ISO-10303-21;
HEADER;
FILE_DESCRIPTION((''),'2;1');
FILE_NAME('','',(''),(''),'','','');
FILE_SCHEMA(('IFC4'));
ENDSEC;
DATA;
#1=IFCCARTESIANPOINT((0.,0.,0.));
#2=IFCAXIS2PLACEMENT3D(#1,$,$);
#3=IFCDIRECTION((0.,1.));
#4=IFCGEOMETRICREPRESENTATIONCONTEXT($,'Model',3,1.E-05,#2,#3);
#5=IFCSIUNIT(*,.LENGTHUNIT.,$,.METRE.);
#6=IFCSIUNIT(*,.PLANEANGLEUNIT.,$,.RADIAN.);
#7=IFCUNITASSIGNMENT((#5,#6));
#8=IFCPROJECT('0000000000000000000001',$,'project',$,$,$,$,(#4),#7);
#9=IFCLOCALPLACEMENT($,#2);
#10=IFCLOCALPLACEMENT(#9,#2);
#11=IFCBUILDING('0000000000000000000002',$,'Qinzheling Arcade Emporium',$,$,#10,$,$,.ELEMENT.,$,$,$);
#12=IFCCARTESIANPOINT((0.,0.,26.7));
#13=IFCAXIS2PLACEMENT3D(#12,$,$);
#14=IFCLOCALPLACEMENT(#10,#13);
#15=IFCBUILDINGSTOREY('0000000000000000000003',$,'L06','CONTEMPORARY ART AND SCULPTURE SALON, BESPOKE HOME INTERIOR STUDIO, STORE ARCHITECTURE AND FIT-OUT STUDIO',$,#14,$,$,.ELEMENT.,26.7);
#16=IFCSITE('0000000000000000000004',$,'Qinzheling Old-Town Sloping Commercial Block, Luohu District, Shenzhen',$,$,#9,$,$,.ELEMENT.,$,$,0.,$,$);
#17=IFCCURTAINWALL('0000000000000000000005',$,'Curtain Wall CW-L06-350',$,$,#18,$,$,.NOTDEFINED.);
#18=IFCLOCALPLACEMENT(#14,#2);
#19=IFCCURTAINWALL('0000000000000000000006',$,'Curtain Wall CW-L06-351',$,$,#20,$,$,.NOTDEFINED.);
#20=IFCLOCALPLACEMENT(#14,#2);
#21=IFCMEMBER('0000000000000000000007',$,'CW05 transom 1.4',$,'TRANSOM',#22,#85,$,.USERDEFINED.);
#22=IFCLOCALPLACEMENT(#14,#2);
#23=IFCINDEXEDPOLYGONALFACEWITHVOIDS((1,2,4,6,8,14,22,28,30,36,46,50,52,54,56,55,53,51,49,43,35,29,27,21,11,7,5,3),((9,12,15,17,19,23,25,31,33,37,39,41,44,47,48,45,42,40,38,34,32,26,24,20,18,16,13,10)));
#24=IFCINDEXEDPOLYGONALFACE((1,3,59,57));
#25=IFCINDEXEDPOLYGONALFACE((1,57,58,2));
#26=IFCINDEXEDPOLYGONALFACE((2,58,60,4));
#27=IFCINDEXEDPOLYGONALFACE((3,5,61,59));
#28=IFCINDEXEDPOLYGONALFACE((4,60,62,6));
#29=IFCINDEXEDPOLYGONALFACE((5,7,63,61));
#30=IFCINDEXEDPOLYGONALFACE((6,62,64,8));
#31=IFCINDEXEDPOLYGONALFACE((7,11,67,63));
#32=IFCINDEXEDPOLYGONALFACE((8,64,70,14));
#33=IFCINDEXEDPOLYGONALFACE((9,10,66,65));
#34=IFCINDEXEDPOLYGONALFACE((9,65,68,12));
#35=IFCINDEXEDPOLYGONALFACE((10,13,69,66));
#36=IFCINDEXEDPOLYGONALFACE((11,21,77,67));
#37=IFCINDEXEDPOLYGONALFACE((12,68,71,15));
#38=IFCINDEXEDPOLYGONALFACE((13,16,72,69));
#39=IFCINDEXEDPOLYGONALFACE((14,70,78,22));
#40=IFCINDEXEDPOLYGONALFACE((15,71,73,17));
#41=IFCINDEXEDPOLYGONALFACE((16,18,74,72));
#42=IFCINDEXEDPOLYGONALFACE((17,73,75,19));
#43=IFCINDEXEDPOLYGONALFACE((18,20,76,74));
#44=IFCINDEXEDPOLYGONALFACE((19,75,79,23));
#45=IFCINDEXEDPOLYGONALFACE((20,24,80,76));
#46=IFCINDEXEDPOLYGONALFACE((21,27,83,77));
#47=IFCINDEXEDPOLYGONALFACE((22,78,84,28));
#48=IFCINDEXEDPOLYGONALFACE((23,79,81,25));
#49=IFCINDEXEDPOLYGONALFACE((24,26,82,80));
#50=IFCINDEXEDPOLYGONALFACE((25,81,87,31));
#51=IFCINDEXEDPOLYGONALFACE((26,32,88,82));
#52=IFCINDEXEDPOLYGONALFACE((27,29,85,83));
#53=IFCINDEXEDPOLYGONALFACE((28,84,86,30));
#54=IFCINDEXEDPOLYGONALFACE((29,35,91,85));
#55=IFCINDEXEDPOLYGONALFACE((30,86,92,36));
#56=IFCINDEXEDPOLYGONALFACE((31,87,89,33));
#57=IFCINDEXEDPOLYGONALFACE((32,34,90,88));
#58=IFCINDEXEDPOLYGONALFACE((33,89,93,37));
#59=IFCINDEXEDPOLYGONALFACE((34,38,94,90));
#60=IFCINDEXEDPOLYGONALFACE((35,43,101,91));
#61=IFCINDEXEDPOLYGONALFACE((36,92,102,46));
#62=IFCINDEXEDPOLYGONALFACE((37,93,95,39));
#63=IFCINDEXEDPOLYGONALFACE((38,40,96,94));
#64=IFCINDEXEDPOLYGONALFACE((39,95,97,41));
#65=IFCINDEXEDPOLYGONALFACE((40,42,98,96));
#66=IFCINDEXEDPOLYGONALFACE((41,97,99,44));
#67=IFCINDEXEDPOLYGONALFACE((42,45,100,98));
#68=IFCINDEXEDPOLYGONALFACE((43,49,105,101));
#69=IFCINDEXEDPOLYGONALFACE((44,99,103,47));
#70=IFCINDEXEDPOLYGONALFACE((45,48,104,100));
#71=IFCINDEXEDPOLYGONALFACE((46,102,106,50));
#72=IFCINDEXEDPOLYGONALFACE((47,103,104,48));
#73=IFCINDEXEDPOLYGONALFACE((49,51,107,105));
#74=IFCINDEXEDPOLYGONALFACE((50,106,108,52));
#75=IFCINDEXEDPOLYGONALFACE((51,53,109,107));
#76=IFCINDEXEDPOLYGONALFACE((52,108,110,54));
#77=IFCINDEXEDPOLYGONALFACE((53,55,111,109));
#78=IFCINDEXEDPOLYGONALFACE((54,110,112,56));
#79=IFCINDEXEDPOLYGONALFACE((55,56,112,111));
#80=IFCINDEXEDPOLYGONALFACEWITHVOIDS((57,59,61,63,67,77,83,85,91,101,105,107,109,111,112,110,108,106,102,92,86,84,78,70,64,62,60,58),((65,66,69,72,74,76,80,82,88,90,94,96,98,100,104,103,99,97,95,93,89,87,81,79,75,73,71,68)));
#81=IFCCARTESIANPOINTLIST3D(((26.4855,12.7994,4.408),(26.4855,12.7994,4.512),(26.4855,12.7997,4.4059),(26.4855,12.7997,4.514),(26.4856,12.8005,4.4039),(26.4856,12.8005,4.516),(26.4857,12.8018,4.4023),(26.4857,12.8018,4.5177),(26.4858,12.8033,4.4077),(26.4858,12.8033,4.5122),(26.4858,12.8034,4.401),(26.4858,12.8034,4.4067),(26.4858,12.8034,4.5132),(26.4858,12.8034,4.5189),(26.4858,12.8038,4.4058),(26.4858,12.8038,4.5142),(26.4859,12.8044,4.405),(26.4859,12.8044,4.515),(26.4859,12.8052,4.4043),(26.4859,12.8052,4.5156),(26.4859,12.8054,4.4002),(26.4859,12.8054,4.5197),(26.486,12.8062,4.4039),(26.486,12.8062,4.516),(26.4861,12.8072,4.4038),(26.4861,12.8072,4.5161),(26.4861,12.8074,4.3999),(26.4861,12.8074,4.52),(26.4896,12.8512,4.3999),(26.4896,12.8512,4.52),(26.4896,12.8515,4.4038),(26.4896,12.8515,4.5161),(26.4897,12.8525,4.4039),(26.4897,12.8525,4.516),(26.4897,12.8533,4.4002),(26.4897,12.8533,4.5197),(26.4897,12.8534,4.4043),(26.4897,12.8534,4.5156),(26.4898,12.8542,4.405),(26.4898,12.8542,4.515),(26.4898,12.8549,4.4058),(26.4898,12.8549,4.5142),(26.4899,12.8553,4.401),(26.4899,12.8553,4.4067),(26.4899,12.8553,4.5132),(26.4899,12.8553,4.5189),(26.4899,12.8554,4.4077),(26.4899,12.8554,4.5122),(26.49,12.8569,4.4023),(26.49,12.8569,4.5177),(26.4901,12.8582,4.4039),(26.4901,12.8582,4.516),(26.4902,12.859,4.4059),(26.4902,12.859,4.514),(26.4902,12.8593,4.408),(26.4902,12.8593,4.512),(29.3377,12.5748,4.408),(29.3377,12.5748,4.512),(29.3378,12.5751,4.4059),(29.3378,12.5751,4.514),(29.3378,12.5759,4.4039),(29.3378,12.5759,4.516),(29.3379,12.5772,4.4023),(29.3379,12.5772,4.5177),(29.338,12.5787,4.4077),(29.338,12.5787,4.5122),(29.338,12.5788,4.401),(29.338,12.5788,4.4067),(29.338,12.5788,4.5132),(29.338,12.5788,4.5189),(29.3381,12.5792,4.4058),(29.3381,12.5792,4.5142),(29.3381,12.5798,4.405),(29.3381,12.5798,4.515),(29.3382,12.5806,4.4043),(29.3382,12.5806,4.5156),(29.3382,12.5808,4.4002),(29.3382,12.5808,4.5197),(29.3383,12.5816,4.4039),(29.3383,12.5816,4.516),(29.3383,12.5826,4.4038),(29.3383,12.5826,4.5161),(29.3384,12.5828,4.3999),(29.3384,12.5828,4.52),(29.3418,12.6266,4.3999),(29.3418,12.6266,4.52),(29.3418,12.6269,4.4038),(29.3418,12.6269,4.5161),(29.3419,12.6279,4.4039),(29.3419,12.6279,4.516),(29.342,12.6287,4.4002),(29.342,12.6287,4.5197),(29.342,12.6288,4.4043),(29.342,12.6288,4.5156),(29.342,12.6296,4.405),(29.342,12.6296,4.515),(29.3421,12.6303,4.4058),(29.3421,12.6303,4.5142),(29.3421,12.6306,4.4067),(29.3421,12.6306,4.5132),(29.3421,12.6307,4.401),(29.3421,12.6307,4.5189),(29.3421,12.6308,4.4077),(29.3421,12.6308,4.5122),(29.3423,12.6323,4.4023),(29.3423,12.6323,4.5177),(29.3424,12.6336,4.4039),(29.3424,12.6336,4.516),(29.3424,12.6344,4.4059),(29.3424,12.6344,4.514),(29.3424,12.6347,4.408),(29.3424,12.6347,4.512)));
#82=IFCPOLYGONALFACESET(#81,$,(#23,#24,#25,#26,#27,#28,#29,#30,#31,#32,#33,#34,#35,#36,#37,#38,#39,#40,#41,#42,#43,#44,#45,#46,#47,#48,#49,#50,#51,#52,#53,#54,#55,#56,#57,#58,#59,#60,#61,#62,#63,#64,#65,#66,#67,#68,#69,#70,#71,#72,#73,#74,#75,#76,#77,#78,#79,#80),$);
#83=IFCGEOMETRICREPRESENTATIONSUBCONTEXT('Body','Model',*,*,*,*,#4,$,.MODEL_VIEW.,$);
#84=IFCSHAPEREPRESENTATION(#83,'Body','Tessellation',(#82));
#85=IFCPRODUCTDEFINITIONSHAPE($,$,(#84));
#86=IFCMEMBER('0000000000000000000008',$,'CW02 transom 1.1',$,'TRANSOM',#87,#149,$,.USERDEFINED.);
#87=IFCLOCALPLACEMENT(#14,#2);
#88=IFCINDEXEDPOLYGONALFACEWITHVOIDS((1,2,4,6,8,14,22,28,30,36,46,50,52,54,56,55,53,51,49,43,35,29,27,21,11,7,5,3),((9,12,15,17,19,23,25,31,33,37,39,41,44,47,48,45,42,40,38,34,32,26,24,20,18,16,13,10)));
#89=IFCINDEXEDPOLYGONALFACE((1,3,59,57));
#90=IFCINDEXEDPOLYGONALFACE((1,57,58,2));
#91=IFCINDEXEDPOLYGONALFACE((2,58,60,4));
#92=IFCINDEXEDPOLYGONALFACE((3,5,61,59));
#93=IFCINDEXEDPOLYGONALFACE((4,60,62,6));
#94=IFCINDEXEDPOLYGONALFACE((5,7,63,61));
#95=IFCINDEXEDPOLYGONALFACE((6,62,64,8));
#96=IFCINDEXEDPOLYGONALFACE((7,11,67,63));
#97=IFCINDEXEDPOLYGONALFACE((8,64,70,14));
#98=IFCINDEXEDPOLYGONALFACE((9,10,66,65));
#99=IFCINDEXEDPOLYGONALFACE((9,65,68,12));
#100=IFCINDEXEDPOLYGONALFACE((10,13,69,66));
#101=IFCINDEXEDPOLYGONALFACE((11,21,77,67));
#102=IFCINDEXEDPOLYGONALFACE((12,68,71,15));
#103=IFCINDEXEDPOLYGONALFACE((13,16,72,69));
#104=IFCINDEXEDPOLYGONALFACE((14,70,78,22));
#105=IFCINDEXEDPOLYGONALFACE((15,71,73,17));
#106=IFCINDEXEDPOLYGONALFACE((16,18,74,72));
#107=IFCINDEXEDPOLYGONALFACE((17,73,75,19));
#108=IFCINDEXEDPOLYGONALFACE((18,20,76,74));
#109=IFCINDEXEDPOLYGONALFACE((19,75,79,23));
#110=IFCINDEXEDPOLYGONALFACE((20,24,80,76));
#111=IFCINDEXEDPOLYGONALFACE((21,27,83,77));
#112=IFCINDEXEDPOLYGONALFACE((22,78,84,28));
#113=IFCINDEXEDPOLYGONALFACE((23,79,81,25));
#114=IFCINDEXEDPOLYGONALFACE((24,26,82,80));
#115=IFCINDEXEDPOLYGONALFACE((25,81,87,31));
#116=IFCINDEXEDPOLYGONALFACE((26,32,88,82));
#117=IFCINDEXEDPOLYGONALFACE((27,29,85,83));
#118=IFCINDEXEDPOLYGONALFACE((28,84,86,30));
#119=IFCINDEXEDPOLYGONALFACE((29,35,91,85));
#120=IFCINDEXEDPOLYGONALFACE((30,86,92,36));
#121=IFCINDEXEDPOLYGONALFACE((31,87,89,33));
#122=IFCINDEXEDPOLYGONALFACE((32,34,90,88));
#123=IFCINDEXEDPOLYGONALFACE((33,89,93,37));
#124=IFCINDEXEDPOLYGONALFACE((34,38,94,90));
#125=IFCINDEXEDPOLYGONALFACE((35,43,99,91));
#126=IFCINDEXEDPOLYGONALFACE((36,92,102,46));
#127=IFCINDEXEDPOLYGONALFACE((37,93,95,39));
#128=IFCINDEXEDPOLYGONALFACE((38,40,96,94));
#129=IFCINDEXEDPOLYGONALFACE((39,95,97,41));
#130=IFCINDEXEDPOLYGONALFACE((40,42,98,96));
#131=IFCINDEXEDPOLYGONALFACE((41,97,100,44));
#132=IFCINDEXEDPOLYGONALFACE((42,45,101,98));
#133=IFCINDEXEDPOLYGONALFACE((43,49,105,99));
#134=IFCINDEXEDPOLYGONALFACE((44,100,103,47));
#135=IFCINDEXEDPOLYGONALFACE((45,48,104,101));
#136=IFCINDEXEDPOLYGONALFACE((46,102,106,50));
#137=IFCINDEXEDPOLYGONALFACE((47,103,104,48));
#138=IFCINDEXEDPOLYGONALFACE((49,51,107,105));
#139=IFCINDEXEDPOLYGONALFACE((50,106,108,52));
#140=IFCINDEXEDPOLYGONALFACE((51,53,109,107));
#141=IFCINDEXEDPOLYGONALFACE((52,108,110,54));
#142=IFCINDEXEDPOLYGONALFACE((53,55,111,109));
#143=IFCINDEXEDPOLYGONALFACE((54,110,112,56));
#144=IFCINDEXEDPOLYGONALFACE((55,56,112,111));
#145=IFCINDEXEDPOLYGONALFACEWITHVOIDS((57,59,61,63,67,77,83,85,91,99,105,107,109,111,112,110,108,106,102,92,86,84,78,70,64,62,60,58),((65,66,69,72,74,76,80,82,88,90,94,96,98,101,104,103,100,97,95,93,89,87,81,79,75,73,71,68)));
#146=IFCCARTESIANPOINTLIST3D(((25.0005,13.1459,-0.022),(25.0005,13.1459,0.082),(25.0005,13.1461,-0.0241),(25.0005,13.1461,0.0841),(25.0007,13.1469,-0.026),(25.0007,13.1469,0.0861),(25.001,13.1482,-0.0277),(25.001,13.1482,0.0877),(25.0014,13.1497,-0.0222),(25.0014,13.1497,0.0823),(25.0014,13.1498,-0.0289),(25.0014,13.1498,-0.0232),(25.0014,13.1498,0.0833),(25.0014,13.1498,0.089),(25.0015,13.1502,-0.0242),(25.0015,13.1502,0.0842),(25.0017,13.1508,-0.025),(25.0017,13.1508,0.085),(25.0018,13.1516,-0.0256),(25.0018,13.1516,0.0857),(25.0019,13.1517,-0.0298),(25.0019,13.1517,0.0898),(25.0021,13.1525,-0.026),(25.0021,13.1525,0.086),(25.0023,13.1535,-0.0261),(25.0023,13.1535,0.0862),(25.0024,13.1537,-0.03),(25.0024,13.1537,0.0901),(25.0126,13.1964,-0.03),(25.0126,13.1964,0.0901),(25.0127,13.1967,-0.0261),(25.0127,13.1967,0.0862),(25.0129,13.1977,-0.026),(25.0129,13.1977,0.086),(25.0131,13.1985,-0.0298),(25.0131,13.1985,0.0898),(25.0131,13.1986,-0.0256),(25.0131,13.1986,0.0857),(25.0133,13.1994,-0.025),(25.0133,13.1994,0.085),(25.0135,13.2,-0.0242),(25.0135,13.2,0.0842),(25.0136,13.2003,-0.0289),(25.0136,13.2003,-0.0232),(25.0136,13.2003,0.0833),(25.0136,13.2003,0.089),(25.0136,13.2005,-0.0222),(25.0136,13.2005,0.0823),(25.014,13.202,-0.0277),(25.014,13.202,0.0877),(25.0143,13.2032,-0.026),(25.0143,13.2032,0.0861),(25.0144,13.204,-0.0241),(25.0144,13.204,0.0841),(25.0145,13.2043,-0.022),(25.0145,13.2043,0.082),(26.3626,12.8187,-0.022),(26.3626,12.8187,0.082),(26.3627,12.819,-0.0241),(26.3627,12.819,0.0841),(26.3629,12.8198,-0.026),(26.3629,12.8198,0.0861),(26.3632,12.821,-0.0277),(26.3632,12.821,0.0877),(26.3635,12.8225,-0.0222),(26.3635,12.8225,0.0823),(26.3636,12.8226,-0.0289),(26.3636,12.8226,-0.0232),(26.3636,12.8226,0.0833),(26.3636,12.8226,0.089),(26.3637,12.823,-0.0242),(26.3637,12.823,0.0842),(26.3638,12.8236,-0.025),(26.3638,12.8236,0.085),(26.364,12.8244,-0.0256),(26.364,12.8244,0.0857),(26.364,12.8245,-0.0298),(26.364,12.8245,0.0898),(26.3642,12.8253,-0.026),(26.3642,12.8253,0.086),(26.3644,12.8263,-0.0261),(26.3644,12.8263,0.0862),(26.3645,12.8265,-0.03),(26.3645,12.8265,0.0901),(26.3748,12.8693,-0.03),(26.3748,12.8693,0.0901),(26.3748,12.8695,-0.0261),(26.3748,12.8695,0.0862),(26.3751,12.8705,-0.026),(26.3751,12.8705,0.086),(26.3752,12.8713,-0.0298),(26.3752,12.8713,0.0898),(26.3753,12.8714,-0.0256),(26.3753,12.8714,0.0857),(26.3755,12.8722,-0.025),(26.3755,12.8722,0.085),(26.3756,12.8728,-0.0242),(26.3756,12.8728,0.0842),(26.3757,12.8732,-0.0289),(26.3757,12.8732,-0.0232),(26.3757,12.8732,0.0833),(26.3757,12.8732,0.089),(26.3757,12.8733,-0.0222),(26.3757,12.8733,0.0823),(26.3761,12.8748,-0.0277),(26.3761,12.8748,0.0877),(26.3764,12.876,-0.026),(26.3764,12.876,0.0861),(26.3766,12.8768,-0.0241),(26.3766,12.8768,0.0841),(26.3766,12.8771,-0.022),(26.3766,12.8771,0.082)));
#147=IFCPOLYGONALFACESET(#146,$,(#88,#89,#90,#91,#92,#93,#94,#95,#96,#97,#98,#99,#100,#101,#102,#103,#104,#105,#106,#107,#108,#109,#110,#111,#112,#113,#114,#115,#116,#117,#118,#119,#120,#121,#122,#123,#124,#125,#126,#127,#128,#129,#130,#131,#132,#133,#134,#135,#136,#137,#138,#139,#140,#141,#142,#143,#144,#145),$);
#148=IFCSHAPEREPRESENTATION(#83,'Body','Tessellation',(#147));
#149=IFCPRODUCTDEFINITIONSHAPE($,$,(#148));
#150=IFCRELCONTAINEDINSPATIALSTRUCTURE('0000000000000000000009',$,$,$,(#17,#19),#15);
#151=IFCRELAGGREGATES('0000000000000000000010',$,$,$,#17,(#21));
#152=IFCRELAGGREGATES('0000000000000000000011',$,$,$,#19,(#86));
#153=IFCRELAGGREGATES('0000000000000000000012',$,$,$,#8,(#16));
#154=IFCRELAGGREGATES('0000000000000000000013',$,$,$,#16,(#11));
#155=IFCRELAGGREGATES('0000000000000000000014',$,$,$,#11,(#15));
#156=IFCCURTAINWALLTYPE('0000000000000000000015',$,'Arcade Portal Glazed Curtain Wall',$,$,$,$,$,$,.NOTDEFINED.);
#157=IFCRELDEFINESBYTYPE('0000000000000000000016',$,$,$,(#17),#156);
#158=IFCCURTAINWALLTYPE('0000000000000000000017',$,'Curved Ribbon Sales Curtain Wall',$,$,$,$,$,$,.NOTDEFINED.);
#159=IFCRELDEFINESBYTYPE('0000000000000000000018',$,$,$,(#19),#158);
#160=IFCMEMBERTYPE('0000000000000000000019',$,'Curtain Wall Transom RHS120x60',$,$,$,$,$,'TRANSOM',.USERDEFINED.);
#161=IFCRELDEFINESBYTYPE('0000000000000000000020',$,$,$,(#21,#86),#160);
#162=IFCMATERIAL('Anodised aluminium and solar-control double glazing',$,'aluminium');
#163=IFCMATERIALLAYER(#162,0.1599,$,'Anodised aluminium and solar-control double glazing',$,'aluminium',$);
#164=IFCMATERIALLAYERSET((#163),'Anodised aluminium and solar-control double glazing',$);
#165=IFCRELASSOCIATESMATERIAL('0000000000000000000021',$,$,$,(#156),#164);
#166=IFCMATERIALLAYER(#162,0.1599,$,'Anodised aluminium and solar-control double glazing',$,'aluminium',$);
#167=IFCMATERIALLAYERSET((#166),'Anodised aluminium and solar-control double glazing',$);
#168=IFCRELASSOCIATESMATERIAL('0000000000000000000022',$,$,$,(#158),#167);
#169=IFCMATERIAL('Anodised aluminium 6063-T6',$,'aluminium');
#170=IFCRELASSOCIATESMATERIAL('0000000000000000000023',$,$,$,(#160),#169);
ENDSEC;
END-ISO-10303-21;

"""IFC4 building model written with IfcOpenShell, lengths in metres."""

from ifc_helpers import new_model, si_unit, direction, frame, origin, origin_2d, place, context, subcontext, project, spatial, hollow_rectangle, extrude, material, layer, layer_set, material_profile, profile_set, type_object, element, aggregate, save


model = new_model("IFC4")

# Units and contexts
model_context = context("Model", 3, precision=1e-05, world=origin(), true_north=direction((0.0, 1.0)))
body_context = subcontext(model_context, "Body", "Model", "MODEL_VIEW")
ifc_project = project(units=[si_unit("LENGTHUNIT", "METRE"), si_unit("PLANEANGLEUNIT", "RADIAN")], contexts=[model_context])

# Site, building, storey
site_placement = place(None, origin())
site = spatial("IfcSite", under=ifc_project, at=site_placement, Name="Qinzheling Old-Town Sloping Commercial Block, Luohu District, Shenzhen", CompositionType="ELEMENT", RefElevation=0.0)
building_placement = place(site_placement, origin())
building = spatial("IfcBuilding", under=site, at=building_placement, Name="Qinzheling Arcade Emporium", CompositionType="ELEMENT")
storey_placement = place(building_placement, frame((0.0, 0.0, 26.7)))
storey = spatial("IfcBuildingStorey", under=building, at=storey_placement, Name="L06", Description="CONTEMPORARY ART AND SCULPTURE SALON, BESPOKE HOME INTERIOR STUDIO, STORE ARCHITECTURE AND FIT-OUT STUDIO", CompositionType="ELEMENT", Elevation=26.7)

# Curtain wall
ifc_material_1 = material(Name="Anodised aluminium and solar-control double glazing", Category="aluminium")
ifc_layer_1 = layer(ifc_material_1, 0.1599, Name="Anodised aluminium and solar-control double glazing", Category="aluminium")
ifc_layer_set_1 = layer_set([ifc_layer_1], Name="Anodised aluminium and solar-control double glazing")
curtain_wall_type_1 = type_object("IfcCurtainWallType", Name="Arcade Portal Glazed Curtain Wall", PredefinedType="NOTDEFINED", material=ifc_layer_set_1)
ifc_material_2 = material(Name="Anodised aluminium 6063-T6", Category="aluminium")
curtain_wall_1_placement = place(storey_placement, origin())
curtain_wall_1 = element("IfcCurtainWall", 1, at=curtain_wall_1_placement, inside=storey, type_object=curtain_wall_type_1, Name="Curtain Wall CW-L06-350", PredefinedType="NOTDEFINED")

# Curtain wall
ifc_layer_2 = layer(ifc_material_1, 0.1599, Name="Anodised aluminium and solar-control double glazing", Category="aluminium")
ifc_layer_set_2 = layer_set([ifc_layer_2], Name="Anodised aluminium and solar-control double glazing")
curtain_wall_type_2 = type_object("IfcCurtainWallType", Name="Curved Ribbon Sales Curtain Wall", PredefinedType="NOTDEFINED", material=ifc_layer_set_2)
curtain_wall_2_placement = place(storey_placement, origin())
curtain_wall_2 = element("IfcCurtainWall", 2, at=curtain_wall_2_placement, inside=storey, type_object=curtain_wall_type_2, Name="Curtain Wall CW-L06-351", PredefinedType="NOTDEFINED")

# Members
ifc_material_profile_1 = material_profile(ifc_material_2, hollow_rectangle(XDim=0.0601, YDim=0.1201, WallThickness=0.0039, InnerFilletRadius=0.0039, OuterFilletRadius=0.0081, at=origin_2d()), Name="RHS 120x60x4", Category="aluminium")
ifc_profile_set_1 = profile_set([ifc_material_profile_1], Name="Anodised aluminium 6063-T6")
member_type_1 = type_object("IfcMemberType", Name="Curtain Wall Transom RHS120x60", ElementType="TRANSOM", PredefinedType="USERDEFINED", material=ifc_profile_set_1)
member_1_placement = place(storey_placement, frame((29.3401, 12.6047, 4.46), z_axis=(-0.996914, 0.078504, 0.0), x_axis=(-0.078504, -0.996914, 0.0)))
member_1 = element("IfcMember", 3, at=member_1_placement, type_object=member_type_1, Name="CW05 transom 1.4", ObjectType="TRANSOM", PredefinedType="USERDEFINED", context=body_context, shape_type="SweptSolid", body=[
    extrude(hollow_rectangle(XDim=0.0601, YDim=0.1201, WallThickness=0.0039, InnerFilletRadius=0.0039, OuterFilletRadius=0.0081, at=origin_2d()), origin(), (0.0, 0.0, 1.0), 2.8611),
])
member_2_placement = place(storey_placement, frame((26.3696, 12.8479, 0.03), z_axis=(-0.972346, 0.233544, 0.0), x_axis=(-0.233544, -0.972346, 0.0)))
member_2 = element("IfcMember", 4, at=member_2_placement, type_object=member_type_1, Name="CW02 transom 1.1", ObjectType="TRANSOM", PredefinedType="USERDEFINED", context=body_context, shape_type="SweptSolid", body=[
    extrude(hollow_rectangle(XDim=0.0601, YDim=0.1201, WallThickness=0.0039, InnerFilletRadius=0.0039, OuterFilletRadius=0.0081, at=origin_2d()), origin(), (0.0, 0.0, 1.0), 1.4009),
])

aggregate(curtain_wall_1, [member_1])
aggregate(curtain_wall_2, [member_2])

save(model, "model.ifc")
